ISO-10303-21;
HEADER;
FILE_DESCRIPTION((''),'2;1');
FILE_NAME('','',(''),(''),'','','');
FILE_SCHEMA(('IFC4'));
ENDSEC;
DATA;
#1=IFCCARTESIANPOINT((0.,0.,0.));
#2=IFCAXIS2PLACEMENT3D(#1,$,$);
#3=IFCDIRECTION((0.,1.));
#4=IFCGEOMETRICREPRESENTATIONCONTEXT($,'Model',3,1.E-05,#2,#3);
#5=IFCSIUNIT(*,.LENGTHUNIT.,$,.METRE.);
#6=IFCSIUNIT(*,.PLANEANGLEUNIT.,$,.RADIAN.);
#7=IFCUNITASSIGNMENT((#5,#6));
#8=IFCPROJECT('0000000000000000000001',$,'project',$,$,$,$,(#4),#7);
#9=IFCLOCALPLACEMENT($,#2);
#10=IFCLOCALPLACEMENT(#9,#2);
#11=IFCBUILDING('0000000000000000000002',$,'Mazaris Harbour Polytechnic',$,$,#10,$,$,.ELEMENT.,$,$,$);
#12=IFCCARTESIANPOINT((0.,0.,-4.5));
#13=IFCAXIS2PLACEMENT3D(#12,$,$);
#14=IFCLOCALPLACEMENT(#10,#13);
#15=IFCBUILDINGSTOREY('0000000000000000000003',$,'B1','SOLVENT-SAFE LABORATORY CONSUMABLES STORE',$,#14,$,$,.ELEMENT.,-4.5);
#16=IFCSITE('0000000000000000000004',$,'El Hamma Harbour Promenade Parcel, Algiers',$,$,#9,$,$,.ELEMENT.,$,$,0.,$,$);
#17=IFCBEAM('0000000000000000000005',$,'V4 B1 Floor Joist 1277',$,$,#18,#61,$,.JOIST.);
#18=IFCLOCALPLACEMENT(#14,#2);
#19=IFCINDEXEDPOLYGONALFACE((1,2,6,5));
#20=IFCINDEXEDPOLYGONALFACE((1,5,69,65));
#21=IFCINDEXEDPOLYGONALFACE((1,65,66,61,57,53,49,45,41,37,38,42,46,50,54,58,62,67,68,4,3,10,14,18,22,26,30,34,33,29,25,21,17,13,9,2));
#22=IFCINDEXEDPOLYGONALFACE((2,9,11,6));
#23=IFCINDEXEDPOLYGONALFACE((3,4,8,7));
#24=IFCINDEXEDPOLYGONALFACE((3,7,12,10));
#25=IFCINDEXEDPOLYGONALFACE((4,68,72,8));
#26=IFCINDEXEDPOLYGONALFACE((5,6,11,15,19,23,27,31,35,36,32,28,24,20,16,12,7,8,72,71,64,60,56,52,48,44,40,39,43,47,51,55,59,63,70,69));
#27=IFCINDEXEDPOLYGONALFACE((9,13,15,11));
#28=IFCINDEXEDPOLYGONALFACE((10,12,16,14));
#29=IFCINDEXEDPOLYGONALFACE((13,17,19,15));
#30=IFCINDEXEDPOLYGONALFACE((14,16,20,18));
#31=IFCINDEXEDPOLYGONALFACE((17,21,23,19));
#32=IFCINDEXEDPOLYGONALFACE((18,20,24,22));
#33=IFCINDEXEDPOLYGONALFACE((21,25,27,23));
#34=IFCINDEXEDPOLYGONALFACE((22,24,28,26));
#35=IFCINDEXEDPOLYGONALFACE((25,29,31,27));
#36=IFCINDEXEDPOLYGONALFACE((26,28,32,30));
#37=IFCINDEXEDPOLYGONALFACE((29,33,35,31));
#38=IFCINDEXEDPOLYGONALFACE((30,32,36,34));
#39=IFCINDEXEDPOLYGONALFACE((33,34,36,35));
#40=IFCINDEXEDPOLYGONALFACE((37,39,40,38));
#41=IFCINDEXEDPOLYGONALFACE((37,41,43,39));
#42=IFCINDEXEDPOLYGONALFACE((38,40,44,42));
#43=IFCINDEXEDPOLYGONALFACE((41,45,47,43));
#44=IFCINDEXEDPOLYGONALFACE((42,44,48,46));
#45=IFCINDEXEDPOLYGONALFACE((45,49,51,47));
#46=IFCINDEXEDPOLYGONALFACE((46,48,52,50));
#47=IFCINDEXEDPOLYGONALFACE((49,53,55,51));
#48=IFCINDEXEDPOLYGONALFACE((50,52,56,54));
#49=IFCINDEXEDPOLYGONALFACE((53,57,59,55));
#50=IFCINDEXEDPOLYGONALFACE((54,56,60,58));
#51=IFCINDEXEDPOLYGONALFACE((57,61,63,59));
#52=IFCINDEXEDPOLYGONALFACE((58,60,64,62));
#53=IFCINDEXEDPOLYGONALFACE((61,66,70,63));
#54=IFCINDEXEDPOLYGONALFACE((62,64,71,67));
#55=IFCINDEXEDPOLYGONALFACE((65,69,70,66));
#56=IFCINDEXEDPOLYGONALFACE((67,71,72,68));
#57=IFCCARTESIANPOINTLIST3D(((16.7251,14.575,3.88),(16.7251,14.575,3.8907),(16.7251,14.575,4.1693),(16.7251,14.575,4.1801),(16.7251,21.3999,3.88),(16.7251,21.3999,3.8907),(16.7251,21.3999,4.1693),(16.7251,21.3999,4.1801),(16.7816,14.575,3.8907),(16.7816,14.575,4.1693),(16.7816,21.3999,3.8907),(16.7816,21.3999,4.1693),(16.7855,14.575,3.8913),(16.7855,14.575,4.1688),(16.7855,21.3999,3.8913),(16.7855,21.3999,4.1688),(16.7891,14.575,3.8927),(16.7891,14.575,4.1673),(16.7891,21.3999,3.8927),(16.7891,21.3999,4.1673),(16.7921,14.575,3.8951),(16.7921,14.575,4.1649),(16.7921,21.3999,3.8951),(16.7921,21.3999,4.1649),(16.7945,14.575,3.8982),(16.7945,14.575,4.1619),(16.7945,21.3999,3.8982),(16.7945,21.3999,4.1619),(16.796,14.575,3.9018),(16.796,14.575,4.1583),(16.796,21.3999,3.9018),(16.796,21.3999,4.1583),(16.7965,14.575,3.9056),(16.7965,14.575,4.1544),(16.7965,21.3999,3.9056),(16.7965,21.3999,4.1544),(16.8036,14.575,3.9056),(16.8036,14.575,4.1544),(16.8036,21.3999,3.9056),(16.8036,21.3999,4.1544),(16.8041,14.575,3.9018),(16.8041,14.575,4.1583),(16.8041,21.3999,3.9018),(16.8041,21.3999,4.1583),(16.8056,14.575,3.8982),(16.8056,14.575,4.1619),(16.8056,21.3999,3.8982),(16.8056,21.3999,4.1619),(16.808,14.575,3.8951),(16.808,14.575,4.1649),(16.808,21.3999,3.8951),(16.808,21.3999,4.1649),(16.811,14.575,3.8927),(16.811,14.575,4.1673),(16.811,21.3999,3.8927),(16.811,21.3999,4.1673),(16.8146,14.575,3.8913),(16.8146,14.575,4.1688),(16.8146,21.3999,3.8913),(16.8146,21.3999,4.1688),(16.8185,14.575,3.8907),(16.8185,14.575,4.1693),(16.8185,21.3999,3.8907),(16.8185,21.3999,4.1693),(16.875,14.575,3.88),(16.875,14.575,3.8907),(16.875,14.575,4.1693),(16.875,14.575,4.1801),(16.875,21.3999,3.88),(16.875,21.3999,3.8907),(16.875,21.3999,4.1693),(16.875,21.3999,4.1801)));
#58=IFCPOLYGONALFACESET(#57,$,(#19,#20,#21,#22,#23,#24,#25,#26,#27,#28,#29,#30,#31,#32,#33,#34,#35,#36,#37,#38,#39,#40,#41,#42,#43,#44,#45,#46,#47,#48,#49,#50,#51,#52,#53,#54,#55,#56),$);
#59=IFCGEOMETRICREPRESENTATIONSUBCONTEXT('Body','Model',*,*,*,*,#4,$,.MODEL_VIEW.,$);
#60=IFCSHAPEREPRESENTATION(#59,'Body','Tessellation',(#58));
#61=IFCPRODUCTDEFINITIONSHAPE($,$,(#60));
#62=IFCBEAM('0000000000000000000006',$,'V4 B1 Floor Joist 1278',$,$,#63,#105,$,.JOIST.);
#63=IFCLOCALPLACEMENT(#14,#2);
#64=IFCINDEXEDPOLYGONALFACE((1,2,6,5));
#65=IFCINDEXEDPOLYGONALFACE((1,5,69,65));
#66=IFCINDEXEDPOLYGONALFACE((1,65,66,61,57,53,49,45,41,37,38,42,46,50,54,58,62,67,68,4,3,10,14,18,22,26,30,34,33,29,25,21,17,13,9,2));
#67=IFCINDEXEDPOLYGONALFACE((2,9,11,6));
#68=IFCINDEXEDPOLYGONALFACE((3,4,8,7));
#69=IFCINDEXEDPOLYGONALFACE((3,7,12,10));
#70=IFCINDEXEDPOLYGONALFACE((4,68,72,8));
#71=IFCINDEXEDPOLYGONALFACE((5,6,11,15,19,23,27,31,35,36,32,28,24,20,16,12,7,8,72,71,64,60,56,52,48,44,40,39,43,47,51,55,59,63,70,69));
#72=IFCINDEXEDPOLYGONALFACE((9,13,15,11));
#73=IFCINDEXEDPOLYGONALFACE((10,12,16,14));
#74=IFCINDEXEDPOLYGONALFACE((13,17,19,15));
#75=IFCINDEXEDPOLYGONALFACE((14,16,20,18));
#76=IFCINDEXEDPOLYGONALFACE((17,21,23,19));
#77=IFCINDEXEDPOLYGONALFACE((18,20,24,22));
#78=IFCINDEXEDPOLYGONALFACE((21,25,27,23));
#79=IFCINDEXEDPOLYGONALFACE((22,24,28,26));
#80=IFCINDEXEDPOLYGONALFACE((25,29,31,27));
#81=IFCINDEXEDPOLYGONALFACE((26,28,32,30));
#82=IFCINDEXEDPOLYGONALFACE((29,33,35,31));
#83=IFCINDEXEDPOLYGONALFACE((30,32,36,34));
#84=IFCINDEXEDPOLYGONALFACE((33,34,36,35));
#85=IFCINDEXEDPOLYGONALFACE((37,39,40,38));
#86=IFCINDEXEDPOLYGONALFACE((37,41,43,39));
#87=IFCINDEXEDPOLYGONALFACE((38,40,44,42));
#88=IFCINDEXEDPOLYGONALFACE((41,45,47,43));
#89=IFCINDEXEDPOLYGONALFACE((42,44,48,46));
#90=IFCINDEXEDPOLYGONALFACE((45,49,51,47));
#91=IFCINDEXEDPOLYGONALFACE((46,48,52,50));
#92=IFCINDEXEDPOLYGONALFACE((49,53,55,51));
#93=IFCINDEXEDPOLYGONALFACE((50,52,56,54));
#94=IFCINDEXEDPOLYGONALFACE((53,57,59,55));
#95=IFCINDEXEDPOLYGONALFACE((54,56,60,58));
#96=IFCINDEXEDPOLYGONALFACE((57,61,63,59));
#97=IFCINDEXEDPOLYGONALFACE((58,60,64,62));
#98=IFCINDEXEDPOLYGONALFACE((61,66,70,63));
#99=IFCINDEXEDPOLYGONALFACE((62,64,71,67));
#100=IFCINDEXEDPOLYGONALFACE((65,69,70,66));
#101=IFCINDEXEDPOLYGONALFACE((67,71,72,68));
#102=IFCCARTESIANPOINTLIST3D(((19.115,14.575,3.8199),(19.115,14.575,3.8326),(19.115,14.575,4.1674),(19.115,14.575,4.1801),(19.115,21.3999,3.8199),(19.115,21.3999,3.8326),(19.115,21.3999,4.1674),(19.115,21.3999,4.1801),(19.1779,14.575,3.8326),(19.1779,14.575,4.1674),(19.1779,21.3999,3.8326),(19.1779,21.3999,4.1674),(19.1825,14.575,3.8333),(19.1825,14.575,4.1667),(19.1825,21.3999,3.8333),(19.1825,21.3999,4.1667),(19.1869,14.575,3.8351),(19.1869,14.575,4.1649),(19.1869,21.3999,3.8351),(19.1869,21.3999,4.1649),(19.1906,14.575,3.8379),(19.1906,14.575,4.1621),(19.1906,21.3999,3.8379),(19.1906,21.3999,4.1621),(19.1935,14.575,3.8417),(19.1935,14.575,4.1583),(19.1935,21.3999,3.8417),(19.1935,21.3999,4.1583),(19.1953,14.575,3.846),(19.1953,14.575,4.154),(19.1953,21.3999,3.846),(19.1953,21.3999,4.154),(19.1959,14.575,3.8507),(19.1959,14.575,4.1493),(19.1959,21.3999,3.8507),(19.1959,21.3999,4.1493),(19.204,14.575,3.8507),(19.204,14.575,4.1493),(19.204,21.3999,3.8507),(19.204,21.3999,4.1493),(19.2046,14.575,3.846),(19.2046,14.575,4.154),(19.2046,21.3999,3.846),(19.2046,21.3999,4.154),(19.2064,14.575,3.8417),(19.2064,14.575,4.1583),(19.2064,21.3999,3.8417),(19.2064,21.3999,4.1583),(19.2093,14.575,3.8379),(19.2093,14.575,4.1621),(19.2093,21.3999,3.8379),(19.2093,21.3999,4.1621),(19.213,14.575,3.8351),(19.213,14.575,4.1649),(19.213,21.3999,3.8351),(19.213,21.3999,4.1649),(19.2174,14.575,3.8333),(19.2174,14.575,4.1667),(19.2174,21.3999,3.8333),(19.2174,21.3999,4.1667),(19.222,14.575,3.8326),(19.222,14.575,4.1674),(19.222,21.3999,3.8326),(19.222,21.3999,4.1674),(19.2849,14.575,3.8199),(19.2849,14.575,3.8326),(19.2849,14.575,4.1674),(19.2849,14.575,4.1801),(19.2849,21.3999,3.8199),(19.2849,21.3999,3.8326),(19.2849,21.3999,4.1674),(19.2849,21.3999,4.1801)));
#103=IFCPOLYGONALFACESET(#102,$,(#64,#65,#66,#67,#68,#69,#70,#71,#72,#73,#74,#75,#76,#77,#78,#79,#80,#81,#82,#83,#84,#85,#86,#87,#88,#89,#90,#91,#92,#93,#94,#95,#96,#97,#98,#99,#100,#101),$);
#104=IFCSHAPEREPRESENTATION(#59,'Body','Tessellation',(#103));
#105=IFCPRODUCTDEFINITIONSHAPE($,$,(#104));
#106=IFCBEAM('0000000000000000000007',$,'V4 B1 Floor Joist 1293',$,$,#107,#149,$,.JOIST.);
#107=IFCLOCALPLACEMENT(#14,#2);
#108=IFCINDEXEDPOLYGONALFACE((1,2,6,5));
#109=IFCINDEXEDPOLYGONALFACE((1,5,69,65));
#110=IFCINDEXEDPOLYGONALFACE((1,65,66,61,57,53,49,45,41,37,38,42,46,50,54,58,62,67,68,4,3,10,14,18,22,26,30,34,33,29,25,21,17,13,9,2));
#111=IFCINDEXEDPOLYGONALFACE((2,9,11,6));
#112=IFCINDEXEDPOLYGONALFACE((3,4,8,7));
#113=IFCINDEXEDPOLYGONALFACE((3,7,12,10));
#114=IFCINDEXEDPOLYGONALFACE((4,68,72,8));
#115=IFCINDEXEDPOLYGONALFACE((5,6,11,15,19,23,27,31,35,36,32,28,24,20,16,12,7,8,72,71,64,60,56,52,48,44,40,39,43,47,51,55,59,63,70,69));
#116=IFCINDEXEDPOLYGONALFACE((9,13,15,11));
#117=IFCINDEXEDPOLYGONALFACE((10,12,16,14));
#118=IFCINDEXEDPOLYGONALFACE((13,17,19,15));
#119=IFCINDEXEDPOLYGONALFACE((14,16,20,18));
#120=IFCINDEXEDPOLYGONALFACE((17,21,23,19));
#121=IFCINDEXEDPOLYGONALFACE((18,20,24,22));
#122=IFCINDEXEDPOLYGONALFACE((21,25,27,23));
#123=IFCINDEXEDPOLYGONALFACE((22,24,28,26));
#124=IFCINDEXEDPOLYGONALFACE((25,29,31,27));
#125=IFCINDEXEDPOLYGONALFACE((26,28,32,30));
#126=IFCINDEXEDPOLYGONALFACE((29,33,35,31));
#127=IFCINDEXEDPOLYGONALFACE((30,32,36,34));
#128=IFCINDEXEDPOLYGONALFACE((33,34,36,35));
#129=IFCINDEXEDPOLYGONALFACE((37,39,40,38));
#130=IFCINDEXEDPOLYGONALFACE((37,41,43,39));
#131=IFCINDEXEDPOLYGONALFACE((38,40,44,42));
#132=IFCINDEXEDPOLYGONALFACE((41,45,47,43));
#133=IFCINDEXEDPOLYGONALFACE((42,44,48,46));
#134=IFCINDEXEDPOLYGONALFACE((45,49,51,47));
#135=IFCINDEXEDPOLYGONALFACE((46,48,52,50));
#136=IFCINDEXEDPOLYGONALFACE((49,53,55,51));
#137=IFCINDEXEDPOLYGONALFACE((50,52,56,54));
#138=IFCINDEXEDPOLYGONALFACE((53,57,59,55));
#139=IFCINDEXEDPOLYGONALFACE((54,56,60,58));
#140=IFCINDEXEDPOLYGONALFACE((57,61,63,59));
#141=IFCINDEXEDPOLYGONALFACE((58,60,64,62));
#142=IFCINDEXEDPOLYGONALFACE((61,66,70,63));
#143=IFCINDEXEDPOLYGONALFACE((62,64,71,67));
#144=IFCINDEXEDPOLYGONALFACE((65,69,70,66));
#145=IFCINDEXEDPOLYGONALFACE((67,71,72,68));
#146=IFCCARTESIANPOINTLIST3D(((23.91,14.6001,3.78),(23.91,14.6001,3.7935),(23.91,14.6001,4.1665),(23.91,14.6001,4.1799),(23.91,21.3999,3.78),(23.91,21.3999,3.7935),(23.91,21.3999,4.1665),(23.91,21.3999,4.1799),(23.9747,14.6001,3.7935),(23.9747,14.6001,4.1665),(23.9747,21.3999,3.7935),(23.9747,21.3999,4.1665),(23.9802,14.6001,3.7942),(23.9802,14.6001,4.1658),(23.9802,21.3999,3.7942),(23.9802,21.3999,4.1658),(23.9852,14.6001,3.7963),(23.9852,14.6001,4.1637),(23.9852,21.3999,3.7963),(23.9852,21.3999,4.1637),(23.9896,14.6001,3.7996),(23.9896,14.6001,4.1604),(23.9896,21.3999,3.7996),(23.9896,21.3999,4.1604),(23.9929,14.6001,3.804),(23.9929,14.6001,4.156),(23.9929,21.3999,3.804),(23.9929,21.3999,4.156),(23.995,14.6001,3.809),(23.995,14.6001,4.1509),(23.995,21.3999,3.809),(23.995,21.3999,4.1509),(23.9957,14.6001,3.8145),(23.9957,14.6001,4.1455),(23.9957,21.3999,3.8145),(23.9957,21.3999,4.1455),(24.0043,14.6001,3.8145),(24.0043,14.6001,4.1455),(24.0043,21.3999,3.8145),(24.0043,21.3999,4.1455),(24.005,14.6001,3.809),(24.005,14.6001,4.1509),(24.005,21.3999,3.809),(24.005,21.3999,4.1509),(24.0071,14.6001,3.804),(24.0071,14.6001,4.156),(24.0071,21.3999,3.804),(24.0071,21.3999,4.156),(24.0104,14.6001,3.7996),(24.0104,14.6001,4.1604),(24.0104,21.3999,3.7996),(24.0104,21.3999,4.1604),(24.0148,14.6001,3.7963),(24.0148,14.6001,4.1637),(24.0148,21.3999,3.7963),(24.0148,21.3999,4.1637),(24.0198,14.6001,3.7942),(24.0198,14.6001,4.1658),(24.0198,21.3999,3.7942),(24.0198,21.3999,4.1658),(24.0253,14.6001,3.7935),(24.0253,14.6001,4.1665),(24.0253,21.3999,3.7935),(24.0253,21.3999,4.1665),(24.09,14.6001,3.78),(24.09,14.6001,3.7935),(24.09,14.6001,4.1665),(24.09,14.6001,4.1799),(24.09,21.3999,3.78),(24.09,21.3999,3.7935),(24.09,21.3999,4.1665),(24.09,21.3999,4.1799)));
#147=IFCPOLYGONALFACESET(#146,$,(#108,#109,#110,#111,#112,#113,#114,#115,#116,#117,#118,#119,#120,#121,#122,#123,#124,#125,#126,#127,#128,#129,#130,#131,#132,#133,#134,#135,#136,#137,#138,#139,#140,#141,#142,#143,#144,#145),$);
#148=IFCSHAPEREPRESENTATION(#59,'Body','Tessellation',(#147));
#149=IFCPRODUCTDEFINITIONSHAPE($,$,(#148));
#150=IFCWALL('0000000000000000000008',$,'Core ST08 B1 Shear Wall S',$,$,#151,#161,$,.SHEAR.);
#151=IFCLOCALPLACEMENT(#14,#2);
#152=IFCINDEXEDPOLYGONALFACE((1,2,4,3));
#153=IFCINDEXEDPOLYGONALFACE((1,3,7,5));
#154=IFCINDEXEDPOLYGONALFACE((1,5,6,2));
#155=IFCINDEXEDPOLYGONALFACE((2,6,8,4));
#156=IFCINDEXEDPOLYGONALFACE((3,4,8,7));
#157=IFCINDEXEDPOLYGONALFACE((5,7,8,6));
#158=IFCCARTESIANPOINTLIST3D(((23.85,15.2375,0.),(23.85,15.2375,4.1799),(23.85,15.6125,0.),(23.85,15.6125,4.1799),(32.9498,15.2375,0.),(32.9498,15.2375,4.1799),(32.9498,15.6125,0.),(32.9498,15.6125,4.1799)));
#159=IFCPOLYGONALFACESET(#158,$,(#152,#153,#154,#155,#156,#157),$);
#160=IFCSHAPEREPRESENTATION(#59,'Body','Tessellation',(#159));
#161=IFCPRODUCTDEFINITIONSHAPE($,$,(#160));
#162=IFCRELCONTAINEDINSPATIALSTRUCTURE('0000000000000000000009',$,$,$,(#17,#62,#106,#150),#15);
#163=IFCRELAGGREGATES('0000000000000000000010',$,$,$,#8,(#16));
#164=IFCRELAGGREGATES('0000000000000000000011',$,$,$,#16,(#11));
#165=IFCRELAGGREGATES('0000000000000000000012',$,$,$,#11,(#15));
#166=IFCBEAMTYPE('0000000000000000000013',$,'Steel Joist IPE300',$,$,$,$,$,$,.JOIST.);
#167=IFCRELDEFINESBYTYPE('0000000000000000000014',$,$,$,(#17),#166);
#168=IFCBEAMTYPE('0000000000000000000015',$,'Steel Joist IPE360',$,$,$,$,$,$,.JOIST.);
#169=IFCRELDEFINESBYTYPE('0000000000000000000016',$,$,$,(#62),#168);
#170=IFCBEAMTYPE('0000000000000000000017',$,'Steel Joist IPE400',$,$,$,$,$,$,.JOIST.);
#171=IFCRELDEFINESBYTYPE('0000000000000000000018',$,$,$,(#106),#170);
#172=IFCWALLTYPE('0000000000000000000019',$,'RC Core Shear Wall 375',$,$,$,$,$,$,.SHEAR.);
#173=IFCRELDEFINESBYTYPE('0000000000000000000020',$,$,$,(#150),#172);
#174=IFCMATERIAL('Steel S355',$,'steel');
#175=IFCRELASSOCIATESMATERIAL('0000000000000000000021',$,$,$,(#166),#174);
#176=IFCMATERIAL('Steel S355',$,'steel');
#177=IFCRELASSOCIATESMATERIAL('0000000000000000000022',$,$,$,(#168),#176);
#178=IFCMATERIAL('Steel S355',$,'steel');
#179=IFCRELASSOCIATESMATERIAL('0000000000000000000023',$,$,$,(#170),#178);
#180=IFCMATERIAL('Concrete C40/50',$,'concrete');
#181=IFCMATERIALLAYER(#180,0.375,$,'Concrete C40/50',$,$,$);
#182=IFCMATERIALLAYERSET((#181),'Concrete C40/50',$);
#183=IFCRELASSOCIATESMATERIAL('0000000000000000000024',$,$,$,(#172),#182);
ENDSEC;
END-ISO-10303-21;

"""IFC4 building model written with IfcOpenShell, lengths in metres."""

from ifc_helpers import new_model, si_unit, direction, frame, frame_2d, origin, origin_2d, place, context, subcontext, project, spatial, rectangle, i_section, extrude, material, layer, layer_set, material_profile, profile_set, type_object, element, save


model = new_model("IFC4")

# Units and contexts
model_context = context("Model", 3, precision=1e-05, world=origin(), true_north=direction((0.0, 1.0)))
body_context = subcontext(model_context, "Body", "Model", "MODEL_VIEW")
ifc_project = project(units=[si_unit("LENGTHUNIT", "METRE"), si_unit("PLANEANGLEUNIT", "RADIAN")], contexts=[model_context])

# Site, building, storey
site_placement = place(None, origin())
site = spatial("IfcSite", under=ifc_project, at=site_placement, Name="El Hamma Harbour Promenade Parcel, Algiers", CompositionType="ELEMENT", RefElevation=0.0)
building_placement = place(site_placement, origin())
building = spatial("IfcBuilding", under=site, at=building_placement, Name="Mazaris Harbour Polytechnic", CompositionType="ELEMENT")
storey_placement = place(building_placement, frame((0.0, 0.0, -4.5)))
storey = spatial("IfcBuildingStorey", under=building, at=storey_placement, Name="B1", Description="SOLVENT-SAFE LABORATORY CONSUMABLES STORE", CompositionType="ELEMENT", Elevation=-4.5)

# Beams
ifc_material_1 = material(Name="Steel S355", Category="steel")
ifc_material_profile_1 = material_profile(ifc_material_1, i_section(OverallWidth=0.1499, OverallDepth=0.3, WebThickness=0.0071, FlangeThickness=0.0107, FilletRadius=0.0149, at=origin_2d()), Name="IPE 300")
ifc_profile_set_1 = profile_set([ifc_material_profile_1], Name="Steel S355")
beam_type_1 = type_object("IfcBeamType", Name="Steel Joist IPE300", PredefinedType="JOIST", material=ifc_profile_set_1)
beam_1_placement = place(storey_placement, frame((16.8, 14.575, 4.03), z_axis=(0.0, 1.0, 0.0), x_axis=(-1.0, 0.0, 0.0)))
element("IfcBeam", 1, at=beam_1_placement, inside=storey, type_object=beam_type_1, Name="V4 B1 Floor Joist 1277", PredefinedType="JOIST", context=body_context, shape_type="SweptSolid", body=[
    extrude(i_section(OverallWidth=0.1499, OverallDepth=0.3, WebThickness=0.0071, FlangeThickness=0.0107, FilletRadius=0.0149, at=origin_2d()), origin(), (0.0, 0.0, 1.0), 6.825),
])
ifc_material_2 = material(Name="Steel S355", Category="steel")
ifc_material_profile_2 = material_profile(ifc_material_2, i_section(OverallWidth=0.1699, OverallDepth=0.3601, WebThickness=0.0081, FlangeThickness=0.0127, FilletRadius=0.0181, at=origin_2d()), Name="IPE 360")
ifc_profile_set_2 = profile_set([ifc_material_profile_2], Name="Steel S355")
beam_type_2 = type_object("IfcBeamType", Name="Steel Joist IPE360", PredefinedType="JOIST", material=ifc_profile_set_2)
beam_2_placement = place(storey_placement, frame((19.2, 14.575, 4.0), z_axis=(0.0, 1.0, 0.0), x_axis=(-1.0, 0.0, 0.0)))
element("IfcBeam", 2, at=beam_2_placement, inside=storey, type_object=beam_type_2, Name="V4 B1 Floor Joist 1278", PredefinedType="JOIST", context=body_context, shape_type="SweptSolid", body=[
    extrude(i_section(OverallWidth=0.1699, OverallDepth=0.3601, WebThickness=0.0081, FlangeThickness=0.0127, FilletRadius=0.0181, at=origin_2d()), origin(), (0.0, 0.0, 1.0), 6.825),
])
ifc_material_3 = material(Name="Steel S355", Category="steel")
ifc_material_profile_3 = material_profile(ifc_material_3, i_section(OverallWidth=0.1799, OverallDepth=0.3999, WebThickness=0.0085, FlangeThickness=0.0134, FilletRadius=0.021, at=origin_2d()), Name="IPE 400")
ifc_profile_set_3 = profile_set([ifc_material_profile_3], Name="Steel S355")
beam_type_3 = type_object("IfcBeamType", Name="Steel Joist IPE400", PredefinedType="JOIST", material=ifc_profile_set_3)
beam_3_placement = place(storey_placement, frame((24.0, 14.6001, 3.98), z_axis=(0.0, 1.0, 0.0), x_axis=(-1.0, 0.0, 0.0)))
element("IfcBeam", 3, at=beam_3_placement, inside=storey, type_object=beam_type_3, Name="V4 B1 Floor Joist 1293", PredefinedType="JOIST", context=body_context, shape_type="SweptSolid", body=[
    extrude(i_section(OverallWidth=0.1799, OverallDepth=0.3999, WebThickness=0.0085, FlangeThickness=0.0134, FilletRadius=0.021, at=origin_2d()), origin(), (0.0, 0.0, 1.0), 6.7998),
])

# Wall
ifc_material_4 = material(Name="Concrete C40/50", Category="concrete")
ifc_layer = layer(ifc_material_4, 0.375, Name="Concrete C40/50")
ifc_layer_set = layer_set([ifc_layer], Name="Concrete C40/50")
wall_type = type_object("IfcWallType", Name="RC Core Shear Wall 375", PredefinedType="SHEAR", material=ifc_layer_set)
wall_1_placement = place(storey_placement, frame((23.8501, 15.425, 0.0), z_axis=(0.0, 0.0, 1.0), x_axis=(1.0, 0.0, 0.0)))
element("IfcWall", 4, at=wall_1_placement, inside=storey, type_object=wall_type, Name="Core ST08 B1 Shear Wall S", PredefinedType="SHEAR", context=body_context, shape_type="SweptSolid", body=[
    extrude(rectangle(XDim=9.0999, YDim=0.375, at=frame_2d((4.5498, 0.0))), origin(), (0.0, 0.0, 1.0), 4.1799),
])

save(model, "model.ifc")
